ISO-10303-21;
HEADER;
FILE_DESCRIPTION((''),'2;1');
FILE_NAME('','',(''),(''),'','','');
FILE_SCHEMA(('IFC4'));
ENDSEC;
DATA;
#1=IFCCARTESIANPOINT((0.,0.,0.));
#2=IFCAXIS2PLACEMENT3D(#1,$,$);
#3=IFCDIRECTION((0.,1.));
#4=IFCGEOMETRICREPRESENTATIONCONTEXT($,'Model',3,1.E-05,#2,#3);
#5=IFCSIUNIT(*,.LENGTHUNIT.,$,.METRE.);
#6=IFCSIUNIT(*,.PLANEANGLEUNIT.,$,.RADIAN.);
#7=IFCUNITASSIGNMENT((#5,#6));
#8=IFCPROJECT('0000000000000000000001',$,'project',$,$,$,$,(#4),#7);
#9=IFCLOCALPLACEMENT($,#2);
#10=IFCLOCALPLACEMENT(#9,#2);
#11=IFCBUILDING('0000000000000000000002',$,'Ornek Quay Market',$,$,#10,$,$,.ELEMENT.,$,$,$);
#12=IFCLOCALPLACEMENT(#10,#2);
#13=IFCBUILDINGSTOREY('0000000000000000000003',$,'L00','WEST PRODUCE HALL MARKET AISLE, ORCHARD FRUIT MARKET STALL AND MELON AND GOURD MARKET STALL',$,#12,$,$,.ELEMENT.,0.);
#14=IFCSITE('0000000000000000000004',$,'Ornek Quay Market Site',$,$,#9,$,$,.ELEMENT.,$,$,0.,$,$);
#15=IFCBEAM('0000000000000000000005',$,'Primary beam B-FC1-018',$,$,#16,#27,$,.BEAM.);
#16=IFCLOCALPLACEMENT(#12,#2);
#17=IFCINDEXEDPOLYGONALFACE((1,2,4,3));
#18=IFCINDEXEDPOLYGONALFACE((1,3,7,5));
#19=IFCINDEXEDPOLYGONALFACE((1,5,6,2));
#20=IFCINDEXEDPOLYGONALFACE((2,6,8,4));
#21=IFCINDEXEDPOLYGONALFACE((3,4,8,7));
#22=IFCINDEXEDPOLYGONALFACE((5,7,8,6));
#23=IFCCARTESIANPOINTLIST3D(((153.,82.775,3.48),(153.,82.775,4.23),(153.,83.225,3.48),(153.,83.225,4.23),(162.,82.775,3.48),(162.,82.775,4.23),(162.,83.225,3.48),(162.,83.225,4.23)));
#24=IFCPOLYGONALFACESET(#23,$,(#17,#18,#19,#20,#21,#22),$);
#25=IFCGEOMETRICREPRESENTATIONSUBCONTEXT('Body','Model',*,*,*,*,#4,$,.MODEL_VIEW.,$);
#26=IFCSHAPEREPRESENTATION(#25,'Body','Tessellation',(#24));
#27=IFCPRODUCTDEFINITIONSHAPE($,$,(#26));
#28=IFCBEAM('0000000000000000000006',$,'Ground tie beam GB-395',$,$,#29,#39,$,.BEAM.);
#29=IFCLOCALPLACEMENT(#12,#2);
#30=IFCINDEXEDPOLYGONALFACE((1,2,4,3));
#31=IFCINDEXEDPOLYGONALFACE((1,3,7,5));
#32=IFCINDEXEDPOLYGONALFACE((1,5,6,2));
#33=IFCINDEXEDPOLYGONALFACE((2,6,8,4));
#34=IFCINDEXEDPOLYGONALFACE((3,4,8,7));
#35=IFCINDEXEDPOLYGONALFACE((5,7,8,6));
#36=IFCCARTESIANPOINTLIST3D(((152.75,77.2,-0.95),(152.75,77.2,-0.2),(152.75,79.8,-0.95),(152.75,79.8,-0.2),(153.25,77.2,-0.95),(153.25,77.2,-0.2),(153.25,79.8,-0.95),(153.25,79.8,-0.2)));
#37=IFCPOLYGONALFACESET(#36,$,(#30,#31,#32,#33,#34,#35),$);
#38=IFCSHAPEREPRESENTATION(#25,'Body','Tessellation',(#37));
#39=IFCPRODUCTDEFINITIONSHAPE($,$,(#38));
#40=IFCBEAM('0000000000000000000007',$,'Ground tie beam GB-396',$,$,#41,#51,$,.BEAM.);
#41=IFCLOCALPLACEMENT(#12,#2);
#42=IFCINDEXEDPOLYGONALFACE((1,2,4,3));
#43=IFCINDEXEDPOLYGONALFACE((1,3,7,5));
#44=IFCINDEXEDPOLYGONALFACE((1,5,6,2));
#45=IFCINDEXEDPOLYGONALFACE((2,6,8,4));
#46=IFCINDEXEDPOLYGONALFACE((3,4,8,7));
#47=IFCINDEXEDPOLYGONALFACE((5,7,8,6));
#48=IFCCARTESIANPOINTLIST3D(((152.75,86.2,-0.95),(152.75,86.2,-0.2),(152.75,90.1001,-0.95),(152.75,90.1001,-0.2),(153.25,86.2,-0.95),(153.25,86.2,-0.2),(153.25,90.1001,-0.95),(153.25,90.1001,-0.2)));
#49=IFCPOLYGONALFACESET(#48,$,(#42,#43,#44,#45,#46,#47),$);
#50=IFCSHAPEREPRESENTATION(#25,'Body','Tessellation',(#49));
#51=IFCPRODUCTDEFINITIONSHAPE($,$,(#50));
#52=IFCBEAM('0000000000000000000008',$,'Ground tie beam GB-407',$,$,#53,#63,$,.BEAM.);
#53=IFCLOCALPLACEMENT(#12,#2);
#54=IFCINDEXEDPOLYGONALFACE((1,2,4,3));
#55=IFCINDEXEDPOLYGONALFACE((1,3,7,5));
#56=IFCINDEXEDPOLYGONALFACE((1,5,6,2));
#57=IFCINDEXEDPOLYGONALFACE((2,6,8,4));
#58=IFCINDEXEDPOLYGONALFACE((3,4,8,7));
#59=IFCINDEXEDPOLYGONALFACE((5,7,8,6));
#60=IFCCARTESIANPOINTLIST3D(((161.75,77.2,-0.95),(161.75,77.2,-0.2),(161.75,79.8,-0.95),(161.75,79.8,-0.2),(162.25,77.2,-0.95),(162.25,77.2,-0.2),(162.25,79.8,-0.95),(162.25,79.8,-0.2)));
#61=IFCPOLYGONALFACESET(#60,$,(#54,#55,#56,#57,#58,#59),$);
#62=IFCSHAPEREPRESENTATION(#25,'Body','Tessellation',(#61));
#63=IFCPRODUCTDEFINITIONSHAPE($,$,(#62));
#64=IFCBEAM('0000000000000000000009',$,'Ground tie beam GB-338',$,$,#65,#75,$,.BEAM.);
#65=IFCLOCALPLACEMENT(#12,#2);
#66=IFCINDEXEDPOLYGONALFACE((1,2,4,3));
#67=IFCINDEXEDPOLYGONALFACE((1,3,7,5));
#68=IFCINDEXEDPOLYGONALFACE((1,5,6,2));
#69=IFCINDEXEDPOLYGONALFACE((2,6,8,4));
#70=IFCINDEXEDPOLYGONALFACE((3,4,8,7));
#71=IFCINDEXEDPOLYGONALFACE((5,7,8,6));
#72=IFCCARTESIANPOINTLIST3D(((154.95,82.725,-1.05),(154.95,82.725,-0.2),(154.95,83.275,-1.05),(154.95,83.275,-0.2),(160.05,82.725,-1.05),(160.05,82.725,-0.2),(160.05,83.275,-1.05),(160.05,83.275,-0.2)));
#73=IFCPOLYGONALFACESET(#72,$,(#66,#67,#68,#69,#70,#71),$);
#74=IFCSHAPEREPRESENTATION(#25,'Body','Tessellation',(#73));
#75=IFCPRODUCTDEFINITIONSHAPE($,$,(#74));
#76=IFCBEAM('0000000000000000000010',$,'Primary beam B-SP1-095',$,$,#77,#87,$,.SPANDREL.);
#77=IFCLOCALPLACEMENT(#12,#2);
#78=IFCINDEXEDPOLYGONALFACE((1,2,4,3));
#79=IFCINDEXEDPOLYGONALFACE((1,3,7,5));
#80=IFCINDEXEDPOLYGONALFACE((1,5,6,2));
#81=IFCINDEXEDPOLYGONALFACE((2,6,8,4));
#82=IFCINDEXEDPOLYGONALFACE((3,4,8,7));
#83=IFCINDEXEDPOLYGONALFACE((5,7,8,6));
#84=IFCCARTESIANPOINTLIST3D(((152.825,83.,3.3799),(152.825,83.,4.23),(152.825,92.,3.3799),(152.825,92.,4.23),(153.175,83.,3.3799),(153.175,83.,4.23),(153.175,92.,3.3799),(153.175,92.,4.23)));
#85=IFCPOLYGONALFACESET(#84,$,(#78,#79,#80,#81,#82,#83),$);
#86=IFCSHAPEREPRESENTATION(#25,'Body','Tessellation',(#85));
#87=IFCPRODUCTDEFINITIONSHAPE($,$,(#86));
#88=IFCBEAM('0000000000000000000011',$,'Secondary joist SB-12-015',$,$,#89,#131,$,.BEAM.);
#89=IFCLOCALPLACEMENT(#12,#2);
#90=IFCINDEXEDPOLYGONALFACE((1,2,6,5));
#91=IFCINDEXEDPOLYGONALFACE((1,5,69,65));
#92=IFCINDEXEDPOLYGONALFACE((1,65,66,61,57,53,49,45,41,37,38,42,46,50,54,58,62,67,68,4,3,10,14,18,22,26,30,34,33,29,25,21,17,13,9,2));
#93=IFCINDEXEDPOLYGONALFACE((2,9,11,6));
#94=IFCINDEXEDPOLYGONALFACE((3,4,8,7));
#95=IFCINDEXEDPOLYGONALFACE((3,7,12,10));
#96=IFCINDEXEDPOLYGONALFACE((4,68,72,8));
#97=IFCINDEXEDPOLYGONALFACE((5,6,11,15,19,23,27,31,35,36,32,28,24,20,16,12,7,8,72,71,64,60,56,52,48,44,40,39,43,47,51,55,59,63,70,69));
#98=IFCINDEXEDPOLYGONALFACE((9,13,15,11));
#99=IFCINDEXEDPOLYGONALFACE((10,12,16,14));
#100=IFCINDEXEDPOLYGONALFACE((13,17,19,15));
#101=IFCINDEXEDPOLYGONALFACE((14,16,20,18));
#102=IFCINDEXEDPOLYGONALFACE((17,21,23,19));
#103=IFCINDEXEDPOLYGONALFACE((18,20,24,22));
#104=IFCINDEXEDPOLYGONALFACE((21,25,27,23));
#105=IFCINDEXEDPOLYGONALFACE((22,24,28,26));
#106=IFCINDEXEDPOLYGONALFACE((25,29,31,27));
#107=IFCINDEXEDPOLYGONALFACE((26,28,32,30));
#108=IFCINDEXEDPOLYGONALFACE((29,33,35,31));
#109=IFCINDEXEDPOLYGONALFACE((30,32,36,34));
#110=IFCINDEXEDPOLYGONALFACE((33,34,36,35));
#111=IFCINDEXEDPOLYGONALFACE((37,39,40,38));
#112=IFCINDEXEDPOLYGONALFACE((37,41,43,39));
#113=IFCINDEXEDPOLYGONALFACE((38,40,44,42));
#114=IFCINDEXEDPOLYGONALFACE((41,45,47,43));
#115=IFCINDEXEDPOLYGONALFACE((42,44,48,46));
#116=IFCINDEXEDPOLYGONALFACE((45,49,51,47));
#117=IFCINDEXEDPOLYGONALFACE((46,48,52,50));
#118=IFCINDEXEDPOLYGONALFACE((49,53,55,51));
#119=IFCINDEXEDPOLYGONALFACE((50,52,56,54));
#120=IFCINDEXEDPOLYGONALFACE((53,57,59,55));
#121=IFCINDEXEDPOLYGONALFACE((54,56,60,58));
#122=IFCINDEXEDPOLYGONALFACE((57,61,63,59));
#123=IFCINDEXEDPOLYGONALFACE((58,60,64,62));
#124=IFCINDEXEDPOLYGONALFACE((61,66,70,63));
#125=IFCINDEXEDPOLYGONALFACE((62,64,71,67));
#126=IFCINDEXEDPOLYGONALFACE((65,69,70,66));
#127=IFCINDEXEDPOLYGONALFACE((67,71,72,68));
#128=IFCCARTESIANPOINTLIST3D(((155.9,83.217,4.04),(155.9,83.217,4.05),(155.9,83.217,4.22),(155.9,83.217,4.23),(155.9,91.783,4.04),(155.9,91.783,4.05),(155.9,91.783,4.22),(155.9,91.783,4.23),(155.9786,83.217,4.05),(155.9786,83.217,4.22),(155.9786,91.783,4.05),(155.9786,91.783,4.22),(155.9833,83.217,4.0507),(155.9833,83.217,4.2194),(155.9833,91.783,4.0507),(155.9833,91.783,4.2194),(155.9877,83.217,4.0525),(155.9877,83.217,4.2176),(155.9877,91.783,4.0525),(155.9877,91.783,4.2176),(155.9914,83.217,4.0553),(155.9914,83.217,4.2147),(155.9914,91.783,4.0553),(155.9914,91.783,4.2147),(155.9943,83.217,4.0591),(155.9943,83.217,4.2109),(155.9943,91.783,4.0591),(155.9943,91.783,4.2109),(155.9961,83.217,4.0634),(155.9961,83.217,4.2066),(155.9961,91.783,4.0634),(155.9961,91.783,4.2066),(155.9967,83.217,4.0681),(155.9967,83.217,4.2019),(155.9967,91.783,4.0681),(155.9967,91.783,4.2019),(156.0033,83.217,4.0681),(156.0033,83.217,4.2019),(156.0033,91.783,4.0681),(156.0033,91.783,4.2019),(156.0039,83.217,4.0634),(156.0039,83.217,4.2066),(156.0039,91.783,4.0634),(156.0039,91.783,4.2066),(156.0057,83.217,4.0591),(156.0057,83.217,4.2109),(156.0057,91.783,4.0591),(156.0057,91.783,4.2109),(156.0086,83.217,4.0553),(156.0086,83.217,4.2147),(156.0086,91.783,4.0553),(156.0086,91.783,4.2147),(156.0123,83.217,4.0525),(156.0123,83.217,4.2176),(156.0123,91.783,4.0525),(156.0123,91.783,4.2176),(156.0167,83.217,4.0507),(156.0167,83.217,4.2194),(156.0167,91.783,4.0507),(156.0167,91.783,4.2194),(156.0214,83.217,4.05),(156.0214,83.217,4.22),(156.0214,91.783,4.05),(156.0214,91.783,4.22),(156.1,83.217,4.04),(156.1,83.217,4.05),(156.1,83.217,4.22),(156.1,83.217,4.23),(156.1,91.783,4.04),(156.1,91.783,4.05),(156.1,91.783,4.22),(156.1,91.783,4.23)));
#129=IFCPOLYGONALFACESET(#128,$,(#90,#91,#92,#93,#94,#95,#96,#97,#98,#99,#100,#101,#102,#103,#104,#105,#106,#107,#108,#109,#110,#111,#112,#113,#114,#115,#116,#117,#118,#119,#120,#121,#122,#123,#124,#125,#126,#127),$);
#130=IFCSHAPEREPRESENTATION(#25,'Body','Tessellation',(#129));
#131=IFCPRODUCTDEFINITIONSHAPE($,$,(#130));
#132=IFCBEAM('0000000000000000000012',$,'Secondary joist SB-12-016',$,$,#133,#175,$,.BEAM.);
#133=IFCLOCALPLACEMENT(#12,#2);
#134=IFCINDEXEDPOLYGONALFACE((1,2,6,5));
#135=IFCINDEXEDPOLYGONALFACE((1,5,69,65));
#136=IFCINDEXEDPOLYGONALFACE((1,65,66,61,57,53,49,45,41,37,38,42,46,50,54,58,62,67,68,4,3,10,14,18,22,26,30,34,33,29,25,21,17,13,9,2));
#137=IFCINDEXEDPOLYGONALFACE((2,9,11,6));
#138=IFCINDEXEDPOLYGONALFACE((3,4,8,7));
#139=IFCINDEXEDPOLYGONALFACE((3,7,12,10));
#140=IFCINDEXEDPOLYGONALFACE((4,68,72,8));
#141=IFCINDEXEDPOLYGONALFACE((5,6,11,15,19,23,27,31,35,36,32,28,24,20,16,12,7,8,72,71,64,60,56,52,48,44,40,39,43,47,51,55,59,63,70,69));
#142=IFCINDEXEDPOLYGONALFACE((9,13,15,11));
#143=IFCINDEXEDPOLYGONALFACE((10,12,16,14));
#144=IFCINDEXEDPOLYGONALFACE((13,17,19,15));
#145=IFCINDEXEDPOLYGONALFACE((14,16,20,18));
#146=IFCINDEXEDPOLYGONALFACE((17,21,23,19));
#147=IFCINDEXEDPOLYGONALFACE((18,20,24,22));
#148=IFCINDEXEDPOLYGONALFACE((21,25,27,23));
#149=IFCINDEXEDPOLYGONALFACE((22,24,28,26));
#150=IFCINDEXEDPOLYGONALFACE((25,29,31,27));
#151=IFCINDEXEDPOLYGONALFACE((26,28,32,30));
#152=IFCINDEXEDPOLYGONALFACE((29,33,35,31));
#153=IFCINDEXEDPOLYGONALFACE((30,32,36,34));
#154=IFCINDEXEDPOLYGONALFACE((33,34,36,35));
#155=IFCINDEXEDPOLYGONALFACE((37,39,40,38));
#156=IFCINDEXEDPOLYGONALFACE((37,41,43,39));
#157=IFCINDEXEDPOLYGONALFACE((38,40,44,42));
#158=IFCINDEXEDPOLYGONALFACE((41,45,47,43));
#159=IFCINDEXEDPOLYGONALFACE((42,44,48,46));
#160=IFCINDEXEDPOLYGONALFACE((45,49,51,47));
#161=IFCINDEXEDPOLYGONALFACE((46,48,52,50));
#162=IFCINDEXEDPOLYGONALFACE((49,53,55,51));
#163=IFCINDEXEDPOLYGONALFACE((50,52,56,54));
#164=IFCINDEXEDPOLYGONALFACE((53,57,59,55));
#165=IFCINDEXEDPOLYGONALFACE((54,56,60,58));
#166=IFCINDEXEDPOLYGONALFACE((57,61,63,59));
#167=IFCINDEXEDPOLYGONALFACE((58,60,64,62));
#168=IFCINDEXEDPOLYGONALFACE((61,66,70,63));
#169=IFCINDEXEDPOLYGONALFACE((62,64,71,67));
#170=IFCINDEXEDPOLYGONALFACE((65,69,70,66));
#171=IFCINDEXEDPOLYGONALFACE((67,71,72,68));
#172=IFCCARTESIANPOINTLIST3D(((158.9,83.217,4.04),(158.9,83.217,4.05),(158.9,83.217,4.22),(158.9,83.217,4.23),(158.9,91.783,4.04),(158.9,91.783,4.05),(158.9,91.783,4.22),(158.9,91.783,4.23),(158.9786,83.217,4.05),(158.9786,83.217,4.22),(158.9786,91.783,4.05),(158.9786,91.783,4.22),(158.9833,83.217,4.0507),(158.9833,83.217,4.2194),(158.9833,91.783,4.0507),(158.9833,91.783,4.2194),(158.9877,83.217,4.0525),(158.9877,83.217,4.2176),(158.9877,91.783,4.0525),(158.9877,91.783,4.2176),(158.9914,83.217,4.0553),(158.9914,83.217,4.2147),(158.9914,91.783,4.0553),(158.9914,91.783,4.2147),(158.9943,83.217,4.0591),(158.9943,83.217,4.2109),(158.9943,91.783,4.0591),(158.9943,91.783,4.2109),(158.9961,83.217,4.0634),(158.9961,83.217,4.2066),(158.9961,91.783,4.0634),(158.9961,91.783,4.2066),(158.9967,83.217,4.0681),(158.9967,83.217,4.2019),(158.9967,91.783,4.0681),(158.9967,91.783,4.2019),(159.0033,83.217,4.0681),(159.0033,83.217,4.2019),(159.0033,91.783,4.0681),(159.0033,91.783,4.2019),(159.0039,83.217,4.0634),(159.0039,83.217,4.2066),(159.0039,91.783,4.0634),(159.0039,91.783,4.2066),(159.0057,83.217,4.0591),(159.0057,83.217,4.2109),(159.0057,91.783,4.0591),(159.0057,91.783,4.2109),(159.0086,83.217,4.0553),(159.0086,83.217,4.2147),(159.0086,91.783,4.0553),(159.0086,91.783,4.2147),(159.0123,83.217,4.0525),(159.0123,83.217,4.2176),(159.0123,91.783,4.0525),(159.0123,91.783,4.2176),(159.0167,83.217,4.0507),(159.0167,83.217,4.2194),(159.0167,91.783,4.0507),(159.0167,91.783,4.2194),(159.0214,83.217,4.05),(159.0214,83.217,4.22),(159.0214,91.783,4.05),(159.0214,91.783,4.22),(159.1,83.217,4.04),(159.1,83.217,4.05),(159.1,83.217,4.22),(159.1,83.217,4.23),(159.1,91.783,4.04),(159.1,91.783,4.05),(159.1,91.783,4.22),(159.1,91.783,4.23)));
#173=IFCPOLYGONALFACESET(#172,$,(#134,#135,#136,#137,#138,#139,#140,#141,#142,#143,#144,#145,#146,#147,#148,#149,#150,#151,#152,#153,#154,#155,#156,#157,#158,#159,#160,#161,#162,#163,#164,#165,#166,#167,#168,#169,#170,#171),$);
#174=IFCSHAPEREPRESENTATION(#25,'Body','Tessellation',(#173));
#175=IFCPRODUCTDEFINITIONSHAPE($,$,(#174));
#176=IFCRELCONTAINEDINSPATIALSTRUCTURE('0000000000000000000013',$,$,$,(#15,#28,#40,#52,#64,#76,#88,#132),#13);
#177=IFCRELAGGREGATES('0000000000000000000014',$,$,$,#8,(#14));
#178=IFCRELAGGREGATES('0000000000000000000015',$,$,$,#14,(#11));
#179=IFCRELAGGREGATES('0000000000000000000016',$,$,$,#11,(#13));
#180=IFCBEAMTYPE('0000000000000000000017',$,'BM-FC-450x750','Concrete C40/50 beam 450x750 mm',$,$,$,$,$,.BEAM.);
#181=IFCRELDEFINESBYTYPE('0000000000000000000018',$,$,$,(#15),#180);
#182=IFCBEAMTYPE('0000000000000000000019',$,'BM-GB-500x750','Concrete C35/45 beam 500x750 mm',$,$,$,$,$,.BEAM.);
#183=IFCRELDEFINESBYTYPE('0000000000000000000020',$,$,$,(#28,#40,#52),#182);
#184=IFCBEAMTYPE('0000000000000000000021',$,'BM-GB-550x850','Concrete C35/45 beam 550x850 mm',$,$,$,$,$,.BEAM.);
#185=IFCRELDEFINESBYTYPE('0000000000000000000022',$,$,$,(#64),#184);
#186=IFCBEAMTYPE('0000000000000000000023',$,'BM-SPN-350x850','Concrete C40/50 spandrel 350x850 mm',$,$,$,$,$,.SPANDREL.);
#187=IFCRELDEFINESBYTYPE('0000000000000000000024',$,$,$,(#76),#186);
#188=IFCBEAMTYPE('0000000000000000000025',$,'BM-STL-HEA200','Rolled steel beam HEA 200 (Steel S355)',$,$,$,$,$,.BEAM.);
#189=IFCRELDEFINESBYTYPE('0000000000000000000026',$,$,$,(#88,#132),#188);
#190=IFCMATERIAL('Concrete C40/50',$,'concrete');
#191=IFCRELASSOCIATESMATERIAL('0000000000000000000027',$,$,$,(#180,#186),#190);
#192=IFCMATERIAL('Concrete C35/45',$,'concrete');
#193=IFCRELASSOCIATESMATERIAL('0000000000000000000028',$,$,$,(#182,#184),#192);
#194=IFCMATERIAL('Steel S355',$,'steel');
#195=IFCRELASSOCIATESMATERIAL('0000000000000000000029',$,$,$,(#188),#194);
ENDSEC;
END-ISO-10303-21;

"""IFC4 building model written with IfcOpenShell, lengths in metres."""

from ifc_helpers import new_model, si_unit, direction, frame, origin, origin_2d, place, context, subcontext, project, spatial, rectangle, i_section, extrude, material, material_profile, profile_set, type_object, element, save


model = new_model("IFC4")

# Units and contexts
model_context = context("Model", 3, precision=1e-05, world=origin(), true_north=direction((0.0, 1.0)))
body_context = subcontext(model_context, "Body", "Model", "MODEL_VIEW")
ifc_project = project(units=[si_unit("LENGTHUNIT", "METRE"), si_unit("PLANEANGLEUNIT", "RADIAN")], contexts=[model_context])

# Site, building, storey
site_placement = place(None, origin())
site = spatial("IfcSite", under=ifc_project, at=site_placement, Name="Ornek Quay Market Site", CompositionType="ELEMENT", RefElevation=0.0)
building_placement = place(site_placement, origin())
building = spatial("IfcBuilding", under=site, at=building_placement, Name="Ornek Quay Market", CompositionType="ELEMENT")
storey_placement = place(building_placement, origin())
storey = spatial("IfcBuildingStorey", under=building, at=storey_placement, Name="L00", Description="WEST PRODUCE HALL MARKET AISLE, ORCHARD FRUIT MARKET STALL AND MELON AND GOURD MARKET STALL", CompositionType="ELEMENT", Elevation=0.0)

# Shared definitions
ifc_material_1 = material(Name="Concrete C35/45", Category="concrete")

# Shared definitions
ifc_material_2 = material(Name="Concrete C40/50", Category="concrete")

# Beams
ifc_material_profile_1 = material_profile(ifc_material_2, rectangle(XDim=0.45, YDim=0.75, at=origin_2d()), Name="RC 450x750", Category="concrete")
ifc_profile_set_1 = profile_set([ifc_material_profile_1], Name="Concrete C40/50")
beam_type_1 = type_object("IfcBeamType", Name="BM-FC-450x750", Description="Concrete C40/50 beam 450x750 mm", PredefinedType="BEAM", material=ifc_profile_set_1)
beam_1_placement = place(storey_placement, frame((153.0, 83.0, 3.855), z_axis=(1.0, 0.0, 0.0), x_axis=(0.0, 1.0, 0.0)))
element("IfcBeam", 1, at=beam_1_placement, inside=storey, type_object=beam_type_1, Name="Primary beam B-FC1-018", PredefinedType="BEAM", context=body_context, shape_type="SweptSolid", body=[
    extrude(rectangle(XDim=0.45, YDim=0.75, at=origin_2d()), origin(), (0.0, 0.0, 1.0), 9.0),
])
ifc_material_profile_2 = material_profile(ifc_material_1, rectangle(XDim=0.5, YDim=0.75, at=origin_2d()), Name="RC 500x750", Category="concrete")
ifc_profile_set_2 = profile_set([ifc_material_profile_2], Name="Concrete C35/45")
beam_type_2 = type_object("IfcBeamType", Name="BM-GB-500x750", Description="Concrete C35/45 beam 500x750 mm", PredefinedType="BEAM", material=ifc_profile_set_2)
beam_2_placement = place(storey_placement, frame((153.0, 77.2, -0.575), z_axis=(0.0, 1.0, 0.0), x_axis=(-1.0, 0.0, 0.0)))
element("IfcBeam", 2, at=beam_2_placement, inside=storey, type_object=beam_type_2, Name="Ground tie beam GB-395", PredefinedType="BEAM", context=body_context, shape_type="SweptSolid", body=[
    extrude(rectangle(XDim=0.5, YDim=0.75, at=origin_2d()), origin(), (0.0, 0.0, 1.0), 2.6001),
])
beam_3_placement = place(storey_placement, frame((153.0, 86.2, -0.575), z_axis=(0.0, 1.0, 0.0), x_axis=(-1.0, 0.0, 0.0)))
element("IfcBeam", 3, at=beam_3_placement, inside=storey, type_object=beam_type_2, Name="Ground tie beam GB-396", PredefinedType="BEAM", context=body_context, shape_type="SweptSolid", body=[
    extrude(rectangle(XDim=0.5, YDim=0.75, at=origin_2d()), origin(), (0.0, 0.0, 1.0), 3.9001),
])
beam_4_placement = place(storey_placement, frame((162.0, 77.2, -0.575), z_axis=(0.0, 1.0, 0.0), x_axis=(-1.0, 0.0, 0.0)))
element("IfcBeam", 4, at=beam_4_placement, inside=storey, type_object=beam_type_2, Name="Ground tie beam GB-407", PredefinedType="BEAM", context=body_context, shape_type="SweptSolid", body=[
    extrude(rectangle(XDim=0.5, YDim=0.75, at=origin_2d()), origin(), (0.0, 0.0, 1.0), 2.6001),
])
ifc_material_profile_3 = material_profile(ifc_material_1, rectangle(XDim=0.55, YDim=0.8501, at=origin_2d()), Name="RC 550x850", Category="concrete")
ifc_profile_set_3 = profile_set([ifc_material_profile_3], Name="Concrete C35/45")
beam_type_3 = type_object("IfcBeamType", Name="BM-GB-550x850", Description="Concrete C35/45 beam 550x850 mm", PredefinedType="BEAM", material=ifc_profile_set_3)
beam_5_placement = place(storey_placement, frame((154.95, 83.0, -0.625), z_axis=(1.0, 0.0, 0.0), x_axis=(0.0, 1.0, 0.0)))
element("IfcBeam", 5, at=beam_5_placement, inside=storey, type_object=beam_type_3, Name="Ground tie beam GB-338", PredefinedType="BEAM", context=body_context, shape_type="SweptSolid", body=[
    extrude(rectangle(XDim=0.55, YDim=0.8501, at=origin_2d()), origin(), (0.0, 0.0, 1.0), 5.1001),
])
ifc_material_profile_4 = material_profile(ifc_material_2, rectangle(XDim=0.3501, YDim=0.8501, at=origin_2d()), Name="RC 350x850", Category="concrete")
ifc_profile_set_4 = profile_set([ifc_material_profile_4], Name="Concrete C40/50")
beam_type_4 = type_object("IfcBeamType", Name="BM-SPN-350x850", Description="Concrete C40/50 spandrel 350x850 mm", PredefinedType="SPANDREL", material=ifc_profile_set_4)
beam_6_placement = place(storey_placement, frame((153.0, 83.0, 3.8049), z_axis=(0.0, 1.0, 0.0), x_axis=(-1.0, 0.0, 0.0)))
element("IfcBeam", 6, at=beam_6_placement, inside=storey, type_object=beam_type_4, Name="Primary beam B-SP1-095", PredefinedType="SPANDREL", context=body_context, shape_type="SweptSolid", body=[
    extrude(rectangle(XDim=0.3501, YDim=0.8501, at=origin_2d()), origin(), (0.0, 0.0, 1.0), 9.0),
])
ifc_material_3 = material(Name="Steel S355", Category="steel")
ifc_material_profile_5 = material_profile(ifc_material_3, i_section(OverallWidth=0.2, OverallDepth=0.1899, WebThickness=0.0066, FlangeThickness=0.01, FilletRadius=0.0181, at=origin_2d()), Name="HEA 200", Category="steel")
ifc_profile_set_5 = profile_set([ifc_material_profile_5], Name="Steel S355")
beam_type_5 = type_object("IfcBeamType", Name="BM-STL-HEA200", Description="Rolled steel beam HEA 200 (Steel S355)", PredefinedType="BEAM", material=ifc_profile_set_5)
for number, where, z_axis, x_axis, name in (
    (7, (156.0, 83.217, 4.135), (0.0, 1.0, 0.0), (-1.0, 0.0, 0.0), "Secondary joist SB-12-015"),
    (8, (159.0, 83.217, 4.135), (0.0, 1.0, 0.0), (-1.0, 0.0, 0.0), "Secondary joist SB-12-016"),
):
    element("IfcBeam", number, at=place(storey_placement, frame(where, z_axis=z_axis, x_axis=x_axis)), inside=storey, type_object=beam_type_5, Name=name, PredefinedType="BEAM", context=body_context, shape_type="SweptSolid", body=[
        extrude(i_section(OverallWidth=0.2, OverallDepth=0.1899, WebThickness=0.0066, FlangeThickness=0.01, FilletRadius=0.0181, at=origin_2d()), origin(), (0.0, 0.0, 1.0), 8.5659),
    ])

save(model, "model.ifc")
